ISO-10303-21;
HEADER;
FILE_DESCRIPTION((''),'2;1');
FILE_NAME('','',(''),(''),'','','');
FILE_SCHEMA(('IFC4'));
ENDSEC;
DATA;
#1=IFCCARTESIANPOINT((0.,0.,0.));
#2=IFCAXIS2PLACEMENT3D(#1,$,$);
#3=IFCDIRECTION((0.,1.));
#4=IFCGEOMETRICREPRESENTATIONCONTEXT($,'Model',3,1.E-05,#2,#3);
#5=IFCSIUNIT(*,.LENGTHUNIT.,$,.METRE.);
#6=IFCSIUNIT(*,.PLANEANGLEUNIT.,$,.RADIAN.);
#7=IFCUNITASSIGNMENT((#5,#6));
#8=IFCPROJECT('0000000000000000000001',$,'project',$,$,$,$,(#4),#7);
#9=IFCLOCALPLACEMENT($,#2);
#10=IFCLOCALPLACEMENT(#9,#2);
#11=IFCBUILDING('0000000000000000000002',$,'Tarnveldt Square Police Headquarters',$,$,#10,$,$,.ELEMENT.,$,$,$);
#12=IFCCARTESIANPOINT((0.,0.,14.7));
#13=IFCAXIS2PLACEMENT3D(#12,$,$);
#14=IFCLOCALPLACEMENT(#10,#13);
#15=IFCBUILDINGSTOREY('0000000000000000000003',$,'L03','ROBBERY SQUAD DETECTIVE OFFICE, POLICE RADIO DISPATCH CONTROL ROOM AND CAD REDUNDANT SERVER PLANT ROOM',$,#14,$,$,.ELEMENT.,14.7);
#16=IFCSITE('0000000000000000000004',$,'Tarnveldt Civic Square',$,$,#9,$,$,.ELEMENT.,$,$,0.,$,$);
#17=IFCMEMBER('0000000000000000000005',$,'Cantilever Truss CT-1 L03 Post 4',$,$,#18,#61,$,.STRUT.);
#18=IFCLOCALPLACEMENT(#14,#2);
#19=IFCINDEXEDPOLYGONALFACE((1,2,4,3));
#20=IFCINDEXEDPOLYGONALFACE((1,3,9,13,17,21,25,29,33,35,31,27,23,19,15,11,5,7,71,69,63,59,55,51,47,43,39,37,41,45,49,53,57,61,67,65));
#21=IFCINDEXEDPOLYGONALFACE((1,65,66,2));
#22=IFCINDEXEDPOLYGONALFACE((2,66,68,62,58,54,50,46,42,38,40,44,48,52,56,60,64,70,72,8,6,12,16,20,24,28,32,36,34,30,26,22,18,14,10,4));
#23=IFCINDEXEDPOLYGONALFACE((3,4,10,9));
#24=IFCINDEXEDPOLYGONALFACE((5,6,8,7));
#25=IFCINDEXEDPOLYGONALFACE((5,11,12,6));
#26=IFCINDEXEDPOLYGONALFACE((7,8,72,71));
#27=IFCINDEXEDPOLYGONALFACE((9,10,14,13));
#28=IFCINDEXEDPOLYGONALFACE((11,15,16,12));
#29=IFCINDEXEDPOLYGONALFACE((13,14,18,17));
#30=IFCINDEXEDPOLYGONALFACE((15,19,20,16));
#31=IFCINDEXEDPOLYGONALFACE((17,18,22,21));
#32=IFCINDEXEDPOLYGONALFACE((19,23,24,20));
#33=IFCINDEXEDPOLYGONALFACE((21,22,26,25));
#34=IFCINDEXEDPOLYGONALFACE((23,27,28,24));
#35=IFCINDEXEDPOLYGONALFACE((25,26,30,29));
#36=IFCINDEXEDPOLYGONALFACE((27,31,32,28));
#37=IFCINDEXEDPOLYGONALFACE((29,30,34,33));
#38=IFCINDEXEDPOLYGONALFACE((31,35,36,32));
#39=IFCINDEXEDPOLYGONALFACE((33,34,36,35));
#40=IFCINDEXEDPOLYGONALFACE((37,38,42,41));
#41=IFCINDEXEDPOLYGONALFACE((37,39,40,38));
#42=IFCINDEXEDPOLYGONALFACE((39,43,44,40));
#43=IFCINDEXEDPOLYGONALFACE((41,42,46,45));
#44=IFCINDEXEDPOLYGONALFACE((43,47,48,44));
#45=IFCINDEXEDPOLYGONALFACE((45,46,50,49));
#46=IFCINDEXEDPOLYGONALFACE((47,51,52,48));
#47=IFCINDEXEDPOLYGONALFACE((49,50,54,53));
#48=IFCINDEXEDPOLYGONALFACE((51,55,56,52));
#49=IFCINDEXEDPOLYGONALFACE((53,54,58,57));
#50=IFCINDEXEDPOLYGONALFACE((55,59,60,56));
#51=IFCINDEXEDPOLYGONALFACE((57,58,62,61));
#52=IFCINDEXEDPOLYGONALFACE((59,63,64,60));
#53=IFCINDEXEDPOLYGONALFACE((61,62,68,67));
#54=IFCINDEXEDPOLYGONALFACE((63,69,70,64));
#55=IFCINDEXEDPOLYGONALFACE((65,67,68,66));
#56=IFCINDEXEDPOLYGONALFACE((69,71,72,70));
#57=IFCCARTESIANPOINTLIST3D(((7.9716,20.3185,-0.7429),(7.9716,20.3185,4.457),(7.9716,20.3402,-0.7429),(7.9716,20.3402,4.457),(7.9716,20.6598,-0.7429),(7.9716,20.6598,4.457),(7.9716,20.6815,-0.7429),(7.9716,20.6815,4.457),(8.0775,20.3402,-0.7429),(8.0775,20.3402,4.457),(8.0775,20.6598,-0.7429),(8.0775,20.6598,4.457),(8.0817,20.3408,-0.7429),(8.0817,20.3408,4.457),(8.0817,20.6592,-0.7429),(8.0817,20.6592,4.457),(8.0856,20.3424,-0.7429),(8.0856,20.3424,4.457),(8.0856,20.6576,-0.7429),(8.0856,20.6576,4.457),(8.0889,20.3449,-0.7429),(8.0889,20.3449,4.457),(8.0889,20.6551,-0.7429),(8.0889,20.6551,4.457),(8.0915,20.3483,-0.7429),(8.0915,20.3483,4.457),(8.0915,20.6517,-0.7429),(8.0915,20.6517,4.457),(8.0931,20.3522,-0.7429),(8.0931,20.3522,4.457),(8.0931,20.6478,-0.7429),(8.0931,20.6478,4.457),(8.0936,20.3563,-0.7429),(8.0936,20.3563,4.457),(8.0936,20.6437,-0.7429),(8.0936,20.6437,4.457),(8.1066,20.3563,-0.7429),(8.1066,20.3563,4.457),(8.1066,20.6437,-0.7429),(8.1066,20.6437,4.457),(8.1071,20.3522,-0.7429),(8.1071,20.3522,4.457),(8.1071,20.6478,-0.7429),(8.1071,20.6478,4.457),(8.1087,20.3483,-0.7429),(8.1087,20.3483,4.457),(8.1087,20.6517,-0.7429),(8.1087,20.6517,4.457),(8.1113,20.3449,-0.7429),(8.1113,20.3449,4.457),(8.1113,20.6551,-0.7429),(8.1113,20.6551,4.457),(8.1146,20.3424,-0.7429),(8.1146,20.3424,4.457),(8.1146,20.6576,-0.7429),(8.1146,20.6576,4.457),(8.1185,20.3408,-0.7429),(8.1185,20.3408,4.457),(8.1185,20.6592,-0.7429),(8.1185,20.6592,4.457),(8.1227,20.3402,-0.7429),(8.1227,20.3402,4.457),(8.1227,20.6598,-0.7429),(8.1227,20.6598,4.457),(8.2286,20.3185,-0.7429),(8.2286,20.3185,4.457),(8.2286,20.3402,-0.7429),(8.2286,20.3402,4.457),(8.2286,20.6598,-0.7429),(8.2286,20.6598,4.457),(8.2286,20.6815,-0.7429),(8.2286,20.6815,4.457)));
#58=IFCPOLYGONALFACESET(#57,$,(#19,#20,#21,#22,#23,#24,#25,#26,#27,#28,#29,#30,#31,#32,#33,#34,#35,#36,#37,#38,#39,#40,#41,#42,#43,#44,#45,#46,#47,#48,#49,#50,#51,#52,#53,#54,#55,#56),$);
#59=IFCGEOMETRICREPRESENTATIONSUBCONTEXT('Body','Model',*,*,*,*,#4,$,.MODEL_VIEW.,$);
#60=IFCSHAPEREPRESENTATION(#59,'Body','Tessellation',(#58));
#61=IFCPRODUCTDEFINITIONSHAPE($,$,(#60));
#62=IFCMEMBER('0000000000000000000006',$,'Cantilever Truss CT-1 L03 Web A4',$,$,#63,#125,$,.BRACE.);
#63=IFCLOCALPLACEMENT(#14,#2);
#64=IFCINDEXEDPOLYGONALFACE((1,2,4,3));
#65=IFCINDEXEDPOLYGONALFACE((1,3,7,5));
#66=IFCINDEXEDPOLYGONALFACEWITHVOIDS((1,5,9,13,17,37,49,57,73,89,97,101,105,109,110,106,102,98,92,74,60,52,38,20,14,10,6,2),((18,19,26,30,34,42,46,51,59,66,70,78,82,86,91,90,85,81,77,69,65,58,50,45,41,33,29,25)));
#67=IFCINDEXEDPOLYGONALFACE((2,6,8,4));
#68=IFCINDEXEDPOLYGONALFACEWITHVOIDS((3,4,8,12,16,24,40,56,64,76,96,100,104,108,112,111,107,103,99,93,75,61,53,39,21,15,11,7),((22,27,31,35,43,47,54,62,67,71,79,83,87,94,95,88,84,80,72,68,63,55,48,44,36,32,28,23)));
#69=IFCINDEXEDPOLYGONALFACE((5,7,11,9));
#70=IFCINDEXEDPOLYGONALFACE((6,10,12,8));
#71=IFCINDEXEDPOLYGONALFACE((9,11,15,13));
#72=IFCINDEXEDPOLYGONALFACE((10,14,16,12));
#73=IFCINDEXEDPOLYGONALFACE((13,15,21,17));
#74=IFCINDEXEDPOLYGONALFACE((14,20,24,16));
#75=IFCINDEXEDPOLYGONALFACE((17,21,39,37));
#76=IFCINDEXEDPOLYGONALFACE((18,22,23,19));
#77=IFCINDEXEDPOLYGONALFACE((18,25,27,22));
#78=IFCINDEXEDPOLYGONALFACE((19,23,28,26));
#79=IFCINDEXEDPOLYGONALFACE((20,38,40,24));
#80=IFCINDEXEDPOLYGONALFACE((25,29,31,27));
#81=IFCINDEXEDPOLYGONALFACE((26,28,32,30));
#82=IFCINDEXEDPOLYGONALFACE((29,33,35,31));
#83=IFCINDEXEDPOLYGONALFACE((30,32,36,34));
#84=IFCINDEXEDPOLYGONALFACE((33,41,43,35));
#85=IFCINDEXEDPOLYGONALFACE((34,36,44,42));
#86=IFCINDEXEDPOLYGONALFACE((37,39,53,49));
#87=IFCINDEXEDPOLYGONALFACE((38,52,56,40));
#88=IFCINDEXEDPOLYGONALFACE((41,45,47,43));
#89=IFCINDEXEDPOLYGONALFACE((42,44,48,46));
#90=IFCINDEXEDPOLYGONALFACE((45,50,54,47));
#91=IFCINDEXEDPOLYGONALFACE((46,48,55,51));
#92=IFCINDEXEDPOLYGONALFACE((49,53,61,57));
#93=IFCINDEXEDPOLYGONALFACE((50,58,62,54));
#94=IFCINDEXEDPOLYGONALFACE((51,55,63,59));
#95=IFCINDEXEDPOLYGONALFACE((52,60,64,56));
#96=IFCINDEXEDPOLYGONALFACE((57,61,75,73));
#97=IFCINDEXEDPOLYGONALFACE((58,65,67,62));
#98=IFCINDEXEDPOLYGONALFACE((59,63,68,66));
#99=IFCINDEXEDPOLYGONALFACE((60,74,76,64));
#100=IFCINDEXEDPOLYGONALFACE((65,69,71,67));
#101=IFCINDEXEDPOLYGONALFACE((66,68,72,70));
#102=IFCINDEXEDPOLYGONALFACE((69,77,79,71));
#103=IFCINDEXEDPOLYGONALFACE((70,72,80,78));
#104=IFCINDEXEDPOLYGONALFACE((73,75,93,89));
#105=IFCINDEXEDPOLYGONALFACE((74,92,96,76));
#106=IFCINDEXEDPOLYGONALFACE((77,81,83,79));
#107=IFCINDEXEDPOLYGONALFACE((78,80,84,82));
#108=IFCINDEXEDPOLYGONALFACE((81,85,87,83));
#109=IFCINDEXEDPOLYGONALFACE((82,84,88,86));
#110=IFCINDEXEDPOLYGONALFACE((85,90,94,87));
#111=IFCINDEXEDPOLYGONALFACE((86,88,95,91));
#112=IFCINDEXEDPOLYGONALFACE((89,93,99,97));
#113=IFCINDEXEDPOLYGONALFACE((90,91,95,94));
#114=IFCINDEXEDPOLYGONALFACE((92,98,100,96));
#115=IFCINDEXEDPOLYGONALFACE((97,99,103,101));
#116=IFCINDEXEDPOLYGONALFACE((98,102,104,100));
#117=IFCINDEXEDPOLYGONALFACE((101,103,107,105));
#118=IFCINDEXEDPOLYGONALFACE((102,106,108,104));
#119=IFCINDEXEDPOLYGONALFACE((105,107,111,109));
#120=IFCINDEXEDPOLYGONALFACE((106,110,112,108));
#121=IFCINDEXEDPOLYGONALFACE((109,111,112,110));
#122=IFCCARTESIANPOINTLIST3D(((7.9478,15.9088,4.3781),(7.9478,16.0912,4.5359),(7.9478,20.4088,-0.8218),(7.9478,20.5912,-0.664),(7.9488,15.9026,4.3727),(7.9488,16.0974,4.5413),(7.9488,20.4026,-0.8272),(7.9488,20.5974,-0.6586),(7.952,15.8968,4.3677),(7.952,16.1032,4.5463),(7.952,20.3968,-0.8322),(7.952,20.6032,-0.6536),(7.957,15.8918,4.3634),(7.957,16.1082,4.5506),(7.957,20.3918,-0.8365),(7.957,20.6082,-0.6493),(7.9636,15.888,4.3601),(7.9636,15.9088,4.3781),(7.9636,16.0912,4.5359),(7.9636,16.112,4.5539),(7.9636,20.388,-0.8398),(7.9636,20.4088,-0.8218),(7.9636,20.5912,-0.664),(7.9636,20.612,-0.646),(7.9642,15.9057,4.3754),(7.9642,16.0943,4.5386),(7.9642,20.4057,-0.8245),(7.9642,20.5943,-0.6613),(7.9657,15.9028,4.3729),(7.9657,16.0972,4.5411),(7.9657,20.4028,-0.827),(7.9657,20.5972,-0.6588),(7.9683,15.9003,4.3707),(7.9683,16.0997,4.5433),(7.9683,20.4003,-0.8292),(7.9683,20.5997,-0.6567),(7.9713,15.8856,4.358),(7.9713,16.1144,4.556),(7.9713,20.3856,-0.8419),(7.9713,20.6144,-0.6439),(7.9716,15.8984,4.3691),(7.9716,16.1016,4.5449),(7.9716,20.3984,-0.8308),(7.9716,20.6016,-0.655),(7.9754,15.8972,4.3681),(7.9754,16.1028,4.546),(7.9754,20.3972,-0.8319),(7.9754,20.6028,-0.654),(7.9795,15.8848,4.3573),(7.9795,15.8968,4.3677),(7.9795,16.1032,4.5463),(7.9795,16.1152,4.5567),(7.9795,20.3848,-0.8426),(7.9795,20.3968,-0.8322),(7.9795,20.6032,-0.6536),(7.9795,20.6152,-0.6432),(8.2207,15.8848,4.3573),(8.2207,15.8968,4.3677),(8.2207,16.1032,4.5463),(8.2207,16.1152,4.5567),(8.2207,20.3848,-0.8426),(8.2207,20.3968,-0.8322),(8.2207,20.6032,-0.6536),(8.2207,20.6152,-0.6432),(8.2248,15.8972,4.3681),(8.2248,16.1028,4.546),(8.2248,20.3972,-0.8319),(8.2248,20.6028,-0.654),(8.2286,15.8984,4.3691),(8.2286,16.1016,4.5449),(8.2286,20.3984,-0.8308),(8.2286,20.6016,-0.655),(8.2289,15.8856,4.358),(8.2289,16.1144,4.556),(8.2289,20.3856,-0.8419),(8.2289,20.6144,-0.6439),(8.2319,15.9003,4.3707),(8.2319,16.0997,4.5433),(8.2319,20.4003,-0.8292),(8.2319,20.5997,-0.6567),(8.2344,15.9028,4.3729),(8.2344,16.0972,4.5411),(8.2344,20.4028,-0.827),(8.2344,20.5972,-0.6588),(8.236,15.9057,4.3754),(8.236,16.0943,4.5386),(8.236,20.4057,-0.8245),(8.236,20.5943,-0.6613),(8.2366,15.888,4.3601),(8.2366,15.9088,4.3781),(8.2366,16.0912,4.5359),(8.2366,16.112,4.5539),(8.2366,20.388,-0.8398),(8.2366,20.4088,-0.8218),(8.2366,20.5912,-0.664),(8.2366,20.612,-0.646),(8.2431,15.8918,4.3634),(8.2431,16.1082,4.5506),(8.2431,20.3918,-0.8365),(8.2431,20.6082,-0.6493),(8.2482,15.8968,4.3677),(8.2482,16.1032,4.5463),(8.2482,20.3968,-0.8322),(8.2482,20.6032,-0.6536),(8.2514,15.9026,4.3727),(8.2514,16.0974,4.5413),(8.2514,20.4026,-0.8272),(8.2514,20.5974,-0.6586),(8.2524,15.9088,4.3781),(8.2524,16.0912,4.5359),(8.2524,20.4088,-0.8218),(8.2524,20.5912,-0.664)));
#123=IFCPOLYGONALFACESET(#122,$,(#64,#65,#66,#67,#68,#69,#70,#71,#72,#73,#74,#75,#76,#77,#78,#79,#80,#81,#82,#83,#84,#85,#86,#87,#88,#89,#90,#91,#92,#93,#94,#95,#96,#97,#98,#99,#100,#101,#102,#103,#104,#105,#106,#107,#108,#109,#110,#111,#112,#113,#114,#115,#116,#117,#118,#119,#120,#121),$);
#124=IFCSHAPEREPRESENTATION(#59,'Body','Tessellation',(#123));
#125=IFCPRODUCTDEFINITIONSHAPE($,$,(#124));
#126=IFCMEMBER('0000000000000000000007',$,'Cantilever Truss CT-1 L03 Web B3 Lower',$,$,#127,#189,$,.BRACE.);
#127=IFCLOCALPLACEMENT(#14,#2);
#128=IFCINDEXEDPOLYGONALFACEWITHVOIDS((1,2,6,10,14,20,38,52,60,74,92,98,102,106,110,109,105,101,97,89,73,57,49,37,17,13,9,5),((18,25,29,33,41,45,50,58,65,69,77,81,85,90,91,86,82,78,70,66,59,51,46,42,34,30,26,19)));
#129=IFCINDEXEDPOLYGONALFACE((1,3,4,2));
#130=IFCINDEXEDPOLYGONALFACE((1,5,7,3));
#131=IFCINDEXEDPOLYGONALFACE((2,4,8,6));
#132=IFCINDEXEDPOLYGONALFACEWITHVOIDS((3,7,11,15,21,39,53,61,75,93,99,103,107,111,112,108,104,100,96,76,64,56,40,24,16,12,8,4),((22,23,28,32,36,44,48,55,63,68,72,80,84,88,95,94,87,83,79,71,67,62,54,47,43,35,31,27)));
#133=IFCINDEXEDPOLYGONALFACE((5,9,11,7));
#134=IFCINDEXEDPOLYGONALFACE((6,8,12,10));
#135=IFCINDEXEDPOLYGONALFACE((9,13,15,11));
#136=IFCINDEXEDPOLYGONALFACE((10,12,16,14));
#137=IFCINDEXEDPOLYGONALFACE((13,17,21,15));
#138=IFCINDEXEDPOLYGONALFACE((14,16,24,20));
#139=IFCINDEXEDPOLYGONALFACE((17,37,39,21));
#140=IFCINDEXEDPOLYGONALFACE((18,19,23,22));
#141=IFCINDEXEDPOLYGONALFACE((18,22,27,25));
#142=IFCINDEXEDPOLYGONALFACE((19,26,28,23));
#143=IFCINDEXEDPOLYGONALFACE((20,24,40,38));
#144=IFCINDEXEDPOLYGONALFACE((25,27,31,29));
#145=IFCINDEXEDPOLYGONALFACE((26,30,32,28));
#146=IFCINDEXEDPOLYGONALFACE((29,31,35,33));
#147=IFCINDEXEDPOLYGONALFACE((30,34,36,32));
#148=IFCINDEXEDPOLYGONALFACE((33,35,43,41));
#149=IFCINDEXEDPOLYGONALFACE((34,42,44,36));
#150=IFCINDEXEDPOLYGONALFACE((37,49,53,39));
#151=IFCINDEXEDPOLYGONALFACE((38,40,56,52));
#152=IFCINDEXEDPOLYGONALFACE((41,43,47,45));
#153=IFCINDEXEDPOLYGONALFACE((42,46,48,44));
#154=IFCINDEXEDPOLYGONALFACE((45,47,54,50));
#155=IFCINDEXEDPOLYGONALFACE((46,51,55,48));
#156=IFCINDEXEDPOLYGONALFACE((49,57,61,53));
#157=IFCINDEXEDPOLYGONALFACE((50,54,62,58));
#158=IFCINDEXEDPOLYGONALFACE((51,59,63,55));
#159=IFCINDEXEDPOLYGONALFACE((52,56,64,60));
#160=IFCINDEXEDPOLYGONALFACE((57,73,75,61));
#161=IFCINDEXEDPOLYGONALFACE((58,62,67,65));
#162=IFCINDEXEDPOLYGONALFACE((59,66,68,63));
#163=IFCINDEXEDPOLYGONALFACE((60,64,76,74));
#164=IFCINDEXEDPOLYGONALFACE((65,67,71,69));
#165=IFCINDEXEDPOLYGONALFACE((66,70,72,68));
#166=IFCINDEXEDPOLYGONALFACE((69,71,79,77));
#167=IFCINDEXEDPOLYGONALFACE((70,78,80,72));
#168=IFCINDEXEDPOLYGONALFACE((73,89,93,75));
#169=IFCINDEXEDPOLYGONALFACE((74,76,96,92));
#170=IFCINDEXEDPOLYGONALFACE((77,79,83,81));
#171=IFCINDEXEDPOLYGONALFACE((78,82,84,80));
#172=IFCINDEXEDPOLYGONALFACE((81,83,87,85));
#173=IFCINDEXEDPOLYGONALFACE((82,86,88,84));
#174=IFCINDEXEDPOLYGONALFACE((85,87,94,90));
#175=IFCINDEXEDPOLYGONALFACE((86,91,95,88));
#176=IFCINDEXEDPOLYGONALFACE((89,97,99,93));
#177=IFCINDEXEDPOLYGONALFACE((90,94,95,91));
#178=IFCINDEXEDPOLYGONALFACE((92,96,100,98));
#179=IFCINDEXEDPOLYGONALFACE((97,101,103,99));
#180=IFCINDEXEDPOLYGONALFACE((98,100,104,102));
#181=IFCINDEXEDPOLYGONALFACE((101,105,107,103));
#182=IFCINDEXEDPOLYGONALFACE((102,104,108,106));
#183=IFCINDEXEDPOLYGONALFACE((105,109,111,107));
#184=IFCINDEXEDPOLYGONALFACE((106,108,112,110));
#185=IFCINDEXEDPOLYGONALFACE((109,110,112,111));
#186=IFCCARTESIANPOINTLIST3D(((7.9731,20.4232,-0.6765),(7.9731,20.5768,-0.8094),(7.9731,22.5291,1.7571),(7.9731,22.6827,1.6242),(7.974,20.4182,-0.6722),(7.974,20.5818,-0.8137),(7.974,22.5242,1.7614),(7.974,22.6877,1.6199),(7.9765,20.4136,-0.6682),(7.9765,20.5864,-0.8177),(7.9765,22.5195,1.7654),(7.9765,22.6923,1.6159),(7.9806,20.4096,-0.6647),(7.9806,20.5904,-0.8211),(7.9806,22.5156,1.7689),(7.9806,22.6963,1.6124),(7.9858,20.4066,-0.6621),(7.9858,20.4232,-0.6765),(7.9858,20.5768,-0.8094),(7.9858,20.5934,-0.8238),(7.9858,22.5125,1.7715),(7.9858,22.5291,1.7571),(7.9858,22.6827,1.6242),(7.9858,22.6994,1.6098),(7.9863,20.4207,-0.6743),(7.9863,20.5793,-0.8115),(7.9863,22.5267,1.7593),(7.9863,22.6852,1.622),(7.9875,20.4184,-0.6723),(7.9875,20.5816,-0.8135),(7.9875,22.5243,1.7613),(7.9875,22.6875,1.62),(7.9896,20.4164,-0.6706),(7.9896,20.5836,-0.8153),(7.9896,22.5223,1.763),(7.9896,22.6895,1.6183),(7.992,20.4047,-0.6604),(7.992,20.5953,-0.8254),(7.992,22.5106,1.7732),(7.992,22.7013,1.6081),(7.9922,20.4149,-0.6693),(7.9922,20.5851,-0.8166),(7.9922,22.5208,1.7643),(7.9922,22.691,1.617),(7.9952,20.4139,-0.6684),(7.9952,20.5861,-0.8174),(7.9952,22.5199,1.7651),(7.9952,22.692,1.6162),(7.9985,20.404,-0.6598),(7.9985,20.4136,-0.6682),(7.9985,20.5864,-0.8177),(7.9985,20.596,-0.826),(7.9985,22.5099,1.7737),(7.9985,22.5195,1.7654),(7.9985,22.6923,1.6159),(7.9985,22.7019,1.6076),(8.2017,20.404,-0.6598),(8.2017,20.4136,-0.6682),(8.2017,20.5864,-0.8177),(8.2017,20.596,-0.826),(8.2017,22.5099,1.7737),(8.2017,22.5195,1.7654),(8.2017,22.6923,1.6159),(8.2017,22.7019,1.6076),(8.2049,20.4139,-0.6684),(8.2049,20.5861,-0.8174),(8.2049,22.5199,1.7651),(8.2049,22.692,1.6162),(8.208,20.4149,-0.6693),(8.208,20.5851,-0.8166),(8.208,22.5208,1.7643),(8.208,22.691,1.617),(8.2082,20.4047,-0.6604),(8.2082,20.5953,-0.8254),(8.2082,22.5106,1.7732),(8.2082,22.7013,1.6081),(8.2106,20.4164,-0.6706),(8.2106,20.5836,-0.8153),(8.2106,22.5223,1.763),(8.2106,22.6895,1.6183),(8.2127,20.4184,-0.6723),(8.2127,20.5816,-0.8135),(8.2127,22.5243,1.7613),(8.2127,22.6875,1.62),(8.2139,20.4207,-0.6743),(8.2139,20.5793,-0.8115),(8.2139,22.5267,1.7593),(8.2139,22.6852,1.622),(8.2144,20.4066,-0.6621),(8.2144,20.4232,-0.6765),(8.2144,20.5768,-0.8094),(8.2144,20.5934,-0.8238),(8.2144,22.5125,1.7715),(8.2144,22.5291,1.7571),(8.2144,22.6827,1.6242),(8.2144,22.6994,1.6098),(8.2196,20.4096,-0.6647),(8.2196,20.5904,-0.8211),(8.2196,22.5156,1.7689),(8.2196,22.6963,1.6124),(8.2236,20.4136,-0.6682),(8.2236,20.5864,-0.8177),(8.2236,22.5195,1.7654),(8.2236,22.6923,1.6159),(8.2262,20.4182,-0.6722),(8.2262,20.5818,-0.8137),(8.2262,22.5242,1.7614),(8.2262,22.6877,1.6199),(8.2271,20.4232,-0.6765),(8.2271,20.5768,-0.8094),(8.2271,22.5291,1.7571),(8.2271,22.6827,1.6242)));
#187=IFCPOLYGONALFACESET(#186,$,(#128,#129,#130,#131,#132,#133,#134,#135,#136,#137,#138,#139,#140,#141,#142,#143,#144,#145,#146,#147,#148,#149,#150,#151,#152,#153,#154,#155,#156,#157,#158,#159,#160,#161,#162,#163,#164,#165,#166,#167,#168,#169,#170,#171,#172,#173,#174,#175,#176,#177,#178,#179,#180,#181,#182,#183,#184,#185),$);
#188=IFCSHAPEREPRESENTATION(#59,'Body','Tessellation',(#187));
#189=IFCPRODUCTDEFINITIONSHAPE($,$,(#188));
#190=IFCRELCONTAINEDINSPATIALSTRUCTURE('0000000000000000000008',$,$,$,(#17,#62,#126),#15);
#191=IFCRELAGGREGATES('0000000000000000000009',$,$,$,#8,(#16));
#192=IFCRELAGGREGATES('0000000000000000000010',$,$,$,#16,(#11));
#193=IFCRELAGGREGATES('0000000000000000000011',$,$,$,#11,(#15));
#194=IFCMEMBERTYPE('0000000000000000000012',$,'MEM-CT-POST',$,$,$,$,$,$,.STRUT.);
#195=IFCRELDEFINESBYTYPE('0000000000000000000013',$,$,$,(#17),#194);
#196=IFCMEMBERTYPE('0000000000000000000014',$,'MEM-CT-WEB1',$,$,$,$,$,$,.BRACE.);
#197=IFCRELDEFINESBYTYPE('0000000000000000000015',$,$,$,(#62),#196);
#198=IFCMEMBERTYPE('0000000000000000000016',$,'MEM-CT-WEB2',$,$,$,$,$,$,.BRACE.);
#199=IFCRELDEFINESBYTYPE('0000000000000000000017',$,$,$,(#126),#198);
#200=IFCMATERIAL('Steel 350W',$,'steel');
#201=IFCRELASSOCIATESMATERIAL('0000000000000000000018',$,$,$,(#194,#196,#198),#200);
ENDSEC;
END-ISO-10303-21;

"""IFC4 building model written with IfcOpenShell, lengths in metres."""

from ifc_helpers import new_model, si_unit, direction, frame, origin, origin_2d, place, context, subcontext, project, spatial, hollow_rectangle, i_section, extrude, material, material_profile, profile_set, type_object, element, save


model = new_model("IFC4")

# Units and contexts
model_context = context("Model", 3, precision=1e-05, world=origin(), true_north=direction((0.0, 1.0)))
body_context = subcontext(model_context, "Body", "Model", "MODEL_VIEW")
ifc_project = project(units=[si_unit("LENGTHUNIT", "METRE"), si_unit("PLANEANGLEUNIT", "RADIAN")], contexts=[model_context])

# Site, building, storey
site_placement = place(None, origin())
site = spatial("IfcSite", under=ifc_project, at=site_placement, Name="Tarnveldt Civic Square", CompositionType="ELEMENT", RefElevation=0.0)
building_placement = place(site_placement, origin())
building = spatial("IfcBuilding", under=site, at=building_placement, Name="Tarnveldt Square Police Headquarters", CompositionType="ELEMENT")
storey_placement = place(building_placement, frame((0.0, 0.0, 14.7)))
storey = spatial("IfcBuildingStorey", under=building, at=storey_placement, Name="L03", Description="ROBBERY SQUAD DETECTIVE OFFICE, POLICE RADIO DISPATCH CONTROL ROOM AND CAD REDUNDANT SERVER PLANT ROOM", CompositionType="ELEMENT", Elevation=14.7)

# Shared definitions
ifc_material_1 = material(Name="Steel 350W", Category="steel")

# Members
ifc_material_profile_1 = material_profile(ifc_material_1, i_section(OverallWidth=0.2571, OverallDepth=0.363, WebThickness=0.0129, FlangeThickness=0.0217, FilletRadius=0.0161, at=origin_2d()), Name="W360x122")
ifc_profile_set_1 = profile_set([ifc_material_profile_1], Name="Steel 350W")
member_type_1 = type_object("IfcMemberType", Name="MEM-CT-POST", PredefinedType="STRUT", material=ifc_profile_set_1)
member_1_placement = place(storey_placement, frame((8.1001, 20.5, -0.7429), z_axis=(0.0, 0.0, 1.0), x_axis=(1.0, 0.0, 0.0)))
element("IfcMember", 1, at=member_1_placement, inside=storey, type_object=member_type_1, Name="Cantilever Truss CT-1 L03 Post 4", PredefinedType="STRUT", context=body_context, shape_type="SweptSolid", body=[
    extrude(i_section(OverallWidth=0.2571, OverallDepth=0.363, WebThickness=0.0129, FlangeThickness=0.0217, FilletRadius=0.0161, at=origin_2d()), origin(), (0.0, 0.0, 1.0), 5.2),
])
ifc_material_profile_2 = material_profile(ifc_material_1, hollow_rectangle(XDim=0.3047, YDim=0.3047, WallThickness=0.0159, InnerFilletRadius=0.0159, OuterFilletRadius=0.0317, at=origin_2d()), Name="HSS305x305x16")
ifc_profile_set_2 = profile_set([ifc_material_profile_2], Name="Steel 350W")
member_type_2 = type_object("IfcMemberType", Name="MEM-CT-WEB1", PredefinedType="BRACE", material=ifc_profile_set_2)
member_2_placement = place(storey_placement, frame((8.1001, 20.5, -0.7429), z_axis=(0.0, -0.65438, 0.756166), x_axis=(1.0, 0.0, 0.0)))
element("IfcMember", 2, at=member_2_placement, inside=storey, type_object=member_type_2, Name="Cantilever Truss CT-1 L03 Web A4", PredefinedType="BRACE", context=body_context, shape_type="SweptSolid", body=[
    extrude(hollow_rectangle(XDim=0.3047, YDim=0.3047, WallThickness=0.0159, InnerFilletRadius=0.0159, OuterFilletRadius=0.0317, at=origin_2d()), origin(), (0.0, 0.0, 1.0), 6.8767),
])
ifc_material_profile_3 = material_profile(ifc_material_1, hollow_rectangle(XDim=0.2539, YDim=0.2539, WallThickness=0.0127, InnerFilletRadius=0.0127, OuterFilletRadius=0.0254, at=origin_2d()), Name="HSS254x254x13")
ifc_profile_set_3 = profile_set([ifc_material_profile_3], Name="Steel 350W")
member_type_3 = type_object("IfcMemberType", Name="MEM-CT-WEB2", PredefinedType="BRACE", material=ifc_profile_set_3)
member_3_placement = place(storey_placement, frame((8.1001, 20.5, -0.7429), z_axis=(0.0, 0.65437, 0.756174), x_axis=(-1.0, 0.0, 0.0)))
element("IfcMember", 3, at=member_3_placement, inside=storey, type_object=member_type_3, Name="Cantilever Truss CT-1 L03 Web B3 Lower", PredefinedType="BRACE", context=body_context, shape_type="SweptSolid", body=[
    extrude(hollow_rectangle(XDim=0.2539, YDim=0.2539, WallThickness=0.0127, InnerFilletRadius=0.0127, OuterFilletRadius=0.0254, at=origin_2d()), origin(), (0.0, 0.0, 1.0), 3.2183),
])

save(model, "model.ifc")
